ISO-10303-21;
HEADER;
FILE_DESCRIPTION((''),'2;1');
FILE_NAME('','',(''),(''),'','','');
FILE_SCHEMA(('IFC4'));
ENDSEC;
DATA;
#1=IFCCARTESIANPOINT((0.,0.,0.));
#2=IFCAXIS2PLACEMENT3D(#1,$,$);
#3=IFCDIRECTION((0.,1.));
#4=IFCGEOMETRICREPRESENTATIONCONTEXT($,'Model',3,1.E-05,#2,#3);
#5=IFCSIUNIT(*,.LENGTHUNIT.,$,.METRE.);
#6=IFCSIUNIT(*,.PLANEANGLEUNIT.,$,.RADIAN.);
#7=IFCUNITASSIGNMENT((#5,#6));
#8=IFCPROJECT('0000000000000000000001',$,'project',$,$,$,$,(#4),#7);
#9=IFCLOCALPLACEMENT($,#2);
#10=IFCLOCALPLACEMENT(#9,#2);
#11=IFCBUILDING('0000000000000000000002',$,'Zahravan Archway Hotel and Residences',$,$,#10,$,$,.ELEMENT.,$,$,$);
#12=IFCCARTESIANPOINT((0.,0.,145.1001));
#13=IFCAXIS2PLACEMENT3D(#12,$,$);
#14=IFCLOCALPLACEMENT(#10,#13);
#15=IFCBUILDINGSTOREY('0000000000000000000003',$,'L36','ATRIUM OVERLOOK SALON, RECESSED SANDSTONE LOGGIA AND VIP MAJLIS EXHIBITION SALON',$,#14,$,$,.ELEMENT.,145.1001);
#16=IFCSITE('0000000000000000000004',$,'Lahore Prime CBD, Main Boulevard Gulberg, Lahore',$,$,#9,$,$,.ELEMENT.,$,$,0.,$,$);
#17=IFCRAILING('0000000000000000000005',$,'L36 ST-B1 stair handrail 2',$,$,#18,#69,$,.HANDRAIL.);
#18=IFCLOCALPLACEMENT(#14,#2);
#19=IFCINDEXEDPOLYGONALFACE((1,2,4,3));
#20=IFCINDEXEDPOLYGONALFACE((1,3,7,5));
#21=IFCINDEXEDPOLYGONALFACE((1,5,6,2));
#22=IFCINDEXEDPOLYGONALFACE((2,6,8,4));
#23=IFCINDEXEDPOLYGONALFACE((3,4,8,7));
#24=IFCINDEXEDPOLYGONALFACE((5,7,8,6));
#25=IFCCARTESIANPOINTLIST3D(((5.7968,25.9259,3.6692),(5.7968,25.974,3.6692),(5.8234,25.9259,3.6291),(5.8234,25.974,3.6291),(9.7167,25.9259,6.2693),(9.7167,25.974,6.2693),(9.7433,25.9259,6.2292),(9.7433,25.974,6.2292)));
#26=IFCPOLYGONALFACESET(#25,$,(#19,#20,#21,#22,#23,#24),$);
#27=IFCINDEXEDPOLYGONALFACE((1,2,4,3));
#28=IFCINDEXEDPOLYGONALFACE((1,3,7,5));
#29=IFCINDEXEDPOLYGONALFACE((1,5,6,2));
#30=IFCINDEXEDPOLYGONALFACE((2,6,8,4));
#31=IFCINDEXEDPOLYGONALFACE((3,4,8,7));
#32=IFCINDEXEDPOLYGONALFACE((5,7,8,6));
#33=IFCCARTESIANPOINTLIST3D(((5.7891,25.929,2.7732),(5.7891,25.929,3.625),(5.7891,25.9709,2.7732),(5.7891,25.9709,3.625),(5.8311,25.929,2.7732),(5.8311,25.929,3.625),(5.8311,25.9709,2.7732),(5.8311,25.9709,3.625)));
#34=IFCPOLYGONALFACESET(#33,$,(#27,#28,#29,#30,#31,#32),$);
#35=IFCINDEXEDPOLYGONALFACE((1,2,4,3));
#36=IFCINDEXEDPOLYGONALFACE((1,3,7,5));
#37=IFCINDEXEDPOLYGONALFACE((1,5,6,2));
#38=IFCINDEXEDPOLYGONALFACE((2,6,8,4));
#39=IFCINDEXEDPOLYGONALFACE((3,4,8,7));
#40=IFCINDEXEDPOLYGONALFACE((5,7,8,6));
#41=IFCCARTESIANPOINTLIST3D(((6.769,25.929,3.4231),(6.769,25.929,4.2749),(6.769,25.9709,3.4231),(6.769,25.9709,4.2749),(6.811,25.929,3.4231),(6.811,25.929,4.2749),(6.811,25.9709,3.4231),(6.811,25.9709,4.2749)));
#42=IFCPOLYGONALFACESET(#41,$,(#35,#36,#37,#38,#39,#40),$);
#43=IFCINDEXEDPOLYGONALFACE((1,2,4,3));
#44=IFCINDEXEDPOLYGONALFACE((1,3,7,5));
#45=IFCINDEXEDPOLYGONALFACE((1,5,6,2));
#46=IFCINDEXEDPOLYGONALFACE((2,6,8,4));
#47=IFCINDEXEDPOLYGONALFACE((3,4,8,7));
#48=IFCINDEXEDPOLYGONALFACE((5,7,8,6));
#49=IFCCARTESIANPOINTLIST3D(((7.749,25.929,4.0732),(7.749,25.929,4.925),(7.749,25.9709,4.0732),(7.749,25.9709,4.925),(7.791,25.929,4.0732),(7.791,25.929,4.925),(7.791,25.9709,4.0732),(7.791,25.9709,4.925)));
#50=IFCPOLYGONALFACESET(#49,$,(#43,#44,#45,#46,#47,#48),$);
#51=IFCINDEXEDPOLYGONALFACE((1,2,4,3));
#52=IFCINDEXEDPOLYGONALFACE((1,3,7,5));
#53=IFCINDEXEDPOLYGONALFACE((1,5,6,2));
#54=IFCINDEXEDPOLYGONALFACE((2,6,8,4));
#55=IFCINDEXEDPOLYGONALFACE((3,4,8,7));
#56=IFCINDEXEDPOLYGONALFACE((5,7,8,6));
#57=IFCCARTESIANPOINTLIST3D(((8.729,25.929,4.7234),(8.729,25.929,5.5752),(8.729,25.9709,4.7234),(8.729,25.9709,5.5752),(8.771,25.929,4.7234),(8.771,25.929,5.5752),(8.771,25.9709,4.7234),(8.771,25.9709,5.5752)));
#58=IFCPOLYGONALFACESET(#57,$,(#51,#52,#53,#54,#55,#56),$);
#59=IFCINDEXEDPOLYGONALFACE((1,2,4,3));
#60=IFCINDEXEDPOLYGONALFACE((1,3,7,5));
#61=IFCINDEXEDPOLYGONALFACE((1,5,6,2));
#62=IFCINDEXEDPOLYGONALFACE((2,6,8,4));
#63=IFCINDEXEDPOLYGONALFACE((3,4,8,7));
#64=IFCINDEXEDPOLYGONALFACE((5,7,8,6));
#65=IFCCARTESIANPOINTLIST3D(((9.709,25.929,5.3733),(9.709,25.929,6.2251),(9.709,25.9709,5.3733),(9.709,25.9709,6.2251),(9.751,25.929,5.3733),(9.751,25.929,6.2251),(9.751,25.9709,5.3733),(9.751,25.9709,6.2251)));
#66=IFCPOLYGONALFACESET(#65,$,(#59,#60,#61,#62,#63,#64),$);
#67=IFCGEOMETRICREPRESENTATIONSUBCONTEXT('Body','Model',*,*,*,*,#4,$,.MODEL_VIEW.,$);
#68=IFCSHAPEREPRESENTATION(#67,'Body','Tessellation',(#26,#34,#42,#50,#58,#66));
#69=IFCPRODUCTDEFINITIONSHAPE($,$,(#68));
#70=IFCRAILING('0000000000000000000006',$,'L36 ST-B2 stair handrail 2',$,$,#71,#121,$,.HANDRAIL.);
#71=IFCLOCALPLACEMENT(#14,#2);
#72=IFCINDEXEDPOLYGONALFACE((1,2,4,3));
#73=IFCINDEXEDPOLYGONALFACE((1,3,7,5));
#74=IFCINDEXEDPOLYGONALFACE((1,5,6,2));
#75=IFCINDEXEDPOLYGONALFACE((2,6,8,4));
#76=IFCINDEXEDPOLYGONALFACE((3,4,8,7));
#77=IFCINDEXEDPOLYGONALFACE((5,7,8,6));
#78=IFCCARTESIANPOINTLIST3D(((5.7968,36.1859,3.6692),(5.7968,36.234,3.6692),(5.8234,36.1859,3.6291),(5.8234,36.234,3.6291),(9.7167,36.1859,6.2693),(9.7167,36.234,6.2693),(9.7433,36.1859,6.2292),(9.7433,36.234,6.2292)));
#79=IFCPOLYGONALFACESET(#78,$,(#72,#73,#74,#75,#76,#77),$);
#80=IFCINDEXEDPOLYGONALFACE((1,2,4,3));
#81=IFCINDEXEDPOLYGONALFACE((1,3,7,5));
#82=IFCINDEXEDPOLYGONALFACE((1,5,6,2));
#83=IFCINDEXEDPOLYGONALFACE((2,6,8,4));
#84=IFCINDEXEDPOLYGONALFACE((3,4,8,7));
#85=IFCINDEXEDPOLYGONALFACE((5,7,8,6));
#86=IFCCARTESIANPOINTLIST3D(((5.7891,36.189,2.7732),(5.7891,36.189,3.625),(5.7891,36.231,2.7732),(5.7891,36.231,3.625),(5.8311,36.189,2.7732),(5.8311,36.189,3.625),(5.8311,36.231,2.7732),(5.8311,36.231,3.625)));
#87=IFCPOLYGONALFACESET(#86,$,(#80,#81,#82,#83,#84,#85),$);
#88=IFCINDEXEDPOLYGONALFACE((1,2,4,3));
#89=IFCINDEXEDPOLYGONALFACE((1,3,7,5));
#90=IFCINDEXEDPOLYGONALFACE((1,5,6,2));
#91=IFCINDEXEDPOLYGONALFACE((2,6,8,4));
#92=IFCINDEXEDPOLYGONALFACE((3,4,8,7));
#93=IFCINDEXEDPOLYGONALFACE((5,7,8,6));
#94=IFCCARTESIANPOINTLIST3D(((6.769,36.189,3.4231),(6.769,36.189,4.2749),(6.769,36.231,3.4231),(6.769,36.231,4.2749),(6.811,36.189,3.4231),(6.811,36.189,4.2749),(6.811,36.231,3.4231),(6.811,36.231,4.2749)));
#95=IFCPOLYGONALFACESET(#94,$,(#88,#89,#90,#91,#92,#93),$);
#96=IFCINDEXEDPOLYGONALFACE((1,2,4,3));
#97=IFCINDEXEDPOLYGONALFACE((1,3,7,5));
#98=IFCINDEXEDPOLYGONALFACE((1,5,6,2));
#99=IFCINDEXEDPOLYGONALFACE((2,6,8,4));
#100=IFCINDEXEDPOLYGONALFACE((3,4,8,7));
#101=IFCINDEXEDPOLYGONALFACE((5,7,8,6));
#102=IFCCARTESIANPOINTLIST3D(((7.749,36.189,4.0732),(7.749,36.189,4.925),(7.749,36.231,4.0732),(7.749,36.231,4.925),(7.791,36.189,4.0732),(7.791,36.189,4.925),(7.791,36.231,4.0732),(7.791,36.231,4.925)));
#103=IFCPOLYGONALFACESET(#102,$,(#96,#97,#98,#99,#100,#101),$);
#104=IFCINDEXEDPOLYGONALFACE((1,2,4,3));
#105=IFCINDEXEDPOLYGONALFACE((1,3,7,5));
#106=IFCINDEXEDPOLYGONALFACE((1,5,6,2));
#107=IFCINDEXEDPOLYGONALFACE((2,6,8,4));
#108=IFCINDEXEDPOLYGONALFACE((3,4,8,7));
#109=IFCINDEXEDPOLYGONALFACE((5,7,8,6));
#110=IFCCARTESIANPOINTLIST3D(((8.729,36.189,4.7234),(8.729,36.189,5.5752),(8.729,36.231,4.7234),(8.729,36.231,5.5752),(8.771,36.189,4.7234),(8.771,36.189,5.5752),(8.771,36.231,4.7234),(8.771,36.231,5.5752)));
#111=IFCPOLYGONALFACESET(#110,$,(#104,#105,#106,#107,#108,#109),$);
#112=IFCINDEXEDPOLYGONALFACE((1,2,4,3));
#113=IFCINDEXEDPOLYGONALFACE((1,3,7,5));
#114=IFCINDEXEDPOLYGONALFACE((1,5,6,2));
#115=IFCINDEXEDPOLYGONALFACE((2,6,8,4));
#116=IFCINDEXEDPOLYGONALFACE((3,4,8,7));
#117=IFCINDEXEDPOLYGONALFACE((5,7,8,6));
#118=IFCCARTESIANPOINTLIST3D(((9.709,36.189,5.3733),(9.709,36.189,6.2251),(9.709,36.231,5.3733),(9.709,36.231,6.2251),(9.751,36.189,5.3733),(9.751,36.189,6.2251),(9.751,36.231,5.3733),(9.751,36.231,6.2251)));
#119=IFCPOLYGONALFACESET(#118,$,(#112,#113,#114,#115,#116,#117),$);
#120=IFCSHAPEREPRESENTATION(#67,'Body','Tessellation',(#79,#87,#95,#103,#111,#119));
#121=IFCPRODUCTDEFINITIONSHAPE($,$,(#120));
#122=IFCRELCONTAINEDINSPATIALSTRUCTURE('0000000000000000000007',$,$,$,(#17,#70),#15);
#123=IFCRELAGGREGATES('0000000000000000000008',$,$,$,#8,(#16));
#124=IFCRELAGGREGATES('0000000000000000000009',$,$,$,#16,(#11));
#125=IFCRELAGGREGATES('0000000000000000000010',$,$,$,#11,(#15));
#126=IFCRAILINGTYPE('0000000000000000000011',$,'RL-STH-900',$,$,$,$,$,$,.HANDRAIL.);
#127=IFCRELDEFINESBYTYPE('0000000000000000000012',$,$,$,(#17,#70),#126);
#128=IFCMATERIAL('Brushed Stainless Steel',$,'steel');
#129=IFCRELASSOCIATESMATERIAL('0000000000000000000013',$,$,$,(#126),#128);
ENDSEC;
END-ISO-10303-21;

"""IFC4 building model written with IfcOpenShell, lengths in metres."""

from ifc_helpers import new_model, si_unit, direction, frame, origin, origin_2d, place, context, subcontext, project, spatial, rectangle, extrude, material, type_object, element, save


model = new_model("IFC4")

# Units and contexts
model_context = context("Model", 3, precision=1e-05, world=origin(), true_north=direction((0.0, 1.0)))
body_context = subcontext(model_context, "Body", "Model", "MODEL_VIEW")
ifc_project = project(units=[si_unit("LENGTHUNIT", "METRE"), si_unit("PLANEANGLEUNIT", "RADIAN")], contexts=[model_context])

# Site, building, storey
site_placement = place(None, origin())
site = spatial("IfcSite", under=ifc_project, at=site_placement, Name="Lahore Prime CBD, Main Boulevard Gulberg, Lahore", CompositionType="ELEMENT", RefElevation=0.0)
building_placement = place(site_placement, origin())
building = spatial("IfcBuilding", under=site, at=building_placement, Name="Zahravan Archway Hotel and Residences", CompositionType="ELEMENT")
storey_placement = place(building_placement, frame((0.0, 0.0, 145.1001)))
storey = spatial("IfcBuildingStorey", under=building, at=storey_placement, Name="L36", Description="ATRIUM OVERLOOK SALON, RECESSED SANDSTONE LOGGIA AND VIP MAJLIS EXHIBITION SALON", CompositionType="ELEMENT", Elevation=145.1001)

# Railings
ifc_material_1 = material(Name="Brushed Stainless Steel", Category="steel")
railing_type_1 = type_object("IfcRailingType", Name="RL-STH-900", PredefinedType="HANDRAIL", material=ifc_material_1)
for number, where, name in (
    (1, (5.8101, 25.95, 2.7732), "L36 ST-B1 stair handrail 2"),
    (2, (5.8101, 36.21, 2.7732), "L36 ST-B2 stair handrail 2"),
):
    element("IfcRailing", number, at=place(storey_placement, frame(where)), inside=storey, type_object=railing_type_1, Name=name, PredefinedType="HANDRAIL", context=body_context, shape_type="SweptSolid", body=[
        extrude(rectangle(XDim=0.0481, YDim=0.0481, at=origin_2d()), frame((0.0, 0.0, 0.876), z_axis=(0.833342, 0.0, 0.552758), x_axis=(0.0, 1.0, 0.0)), (0.0, 0.0, 1.0), 4.7039),
        extrude(rectangle(XDim=0.042, YDim=0.042, at=origin_2d()), origin(), (0.0, 0.0, 1.0), 0.8518),
        extrude(rectangle(XDim=0.042, YDim=0.042, at=origin_2d()), frame((0.98, 0.0, 0.6499)), (0.0, 0.0, 1.0), 0.8518),
        extrude(rectangle(XDim=0.042, YDim=0.042, at=origin_2d()), frame((1.96, 0.0, 1.3)), (0.0, 0.0, 1.0), 0.8518),
        extrude(rectangle(XDim=0.042, YDim=0.042, at=origin_2d()), frame((2.9399, 0.0, 1.9502)), (0.0, 0.0, 1.0), 0.8518),
        extrude(rectangle(XDim=0.042, YDim=0.042, at=origin_2d()), frame((3.9199, 0.0, 2.6001)), (0.0, 0.0, 1.0), 0.8518),
    ])

save(model, "model.ifc")
